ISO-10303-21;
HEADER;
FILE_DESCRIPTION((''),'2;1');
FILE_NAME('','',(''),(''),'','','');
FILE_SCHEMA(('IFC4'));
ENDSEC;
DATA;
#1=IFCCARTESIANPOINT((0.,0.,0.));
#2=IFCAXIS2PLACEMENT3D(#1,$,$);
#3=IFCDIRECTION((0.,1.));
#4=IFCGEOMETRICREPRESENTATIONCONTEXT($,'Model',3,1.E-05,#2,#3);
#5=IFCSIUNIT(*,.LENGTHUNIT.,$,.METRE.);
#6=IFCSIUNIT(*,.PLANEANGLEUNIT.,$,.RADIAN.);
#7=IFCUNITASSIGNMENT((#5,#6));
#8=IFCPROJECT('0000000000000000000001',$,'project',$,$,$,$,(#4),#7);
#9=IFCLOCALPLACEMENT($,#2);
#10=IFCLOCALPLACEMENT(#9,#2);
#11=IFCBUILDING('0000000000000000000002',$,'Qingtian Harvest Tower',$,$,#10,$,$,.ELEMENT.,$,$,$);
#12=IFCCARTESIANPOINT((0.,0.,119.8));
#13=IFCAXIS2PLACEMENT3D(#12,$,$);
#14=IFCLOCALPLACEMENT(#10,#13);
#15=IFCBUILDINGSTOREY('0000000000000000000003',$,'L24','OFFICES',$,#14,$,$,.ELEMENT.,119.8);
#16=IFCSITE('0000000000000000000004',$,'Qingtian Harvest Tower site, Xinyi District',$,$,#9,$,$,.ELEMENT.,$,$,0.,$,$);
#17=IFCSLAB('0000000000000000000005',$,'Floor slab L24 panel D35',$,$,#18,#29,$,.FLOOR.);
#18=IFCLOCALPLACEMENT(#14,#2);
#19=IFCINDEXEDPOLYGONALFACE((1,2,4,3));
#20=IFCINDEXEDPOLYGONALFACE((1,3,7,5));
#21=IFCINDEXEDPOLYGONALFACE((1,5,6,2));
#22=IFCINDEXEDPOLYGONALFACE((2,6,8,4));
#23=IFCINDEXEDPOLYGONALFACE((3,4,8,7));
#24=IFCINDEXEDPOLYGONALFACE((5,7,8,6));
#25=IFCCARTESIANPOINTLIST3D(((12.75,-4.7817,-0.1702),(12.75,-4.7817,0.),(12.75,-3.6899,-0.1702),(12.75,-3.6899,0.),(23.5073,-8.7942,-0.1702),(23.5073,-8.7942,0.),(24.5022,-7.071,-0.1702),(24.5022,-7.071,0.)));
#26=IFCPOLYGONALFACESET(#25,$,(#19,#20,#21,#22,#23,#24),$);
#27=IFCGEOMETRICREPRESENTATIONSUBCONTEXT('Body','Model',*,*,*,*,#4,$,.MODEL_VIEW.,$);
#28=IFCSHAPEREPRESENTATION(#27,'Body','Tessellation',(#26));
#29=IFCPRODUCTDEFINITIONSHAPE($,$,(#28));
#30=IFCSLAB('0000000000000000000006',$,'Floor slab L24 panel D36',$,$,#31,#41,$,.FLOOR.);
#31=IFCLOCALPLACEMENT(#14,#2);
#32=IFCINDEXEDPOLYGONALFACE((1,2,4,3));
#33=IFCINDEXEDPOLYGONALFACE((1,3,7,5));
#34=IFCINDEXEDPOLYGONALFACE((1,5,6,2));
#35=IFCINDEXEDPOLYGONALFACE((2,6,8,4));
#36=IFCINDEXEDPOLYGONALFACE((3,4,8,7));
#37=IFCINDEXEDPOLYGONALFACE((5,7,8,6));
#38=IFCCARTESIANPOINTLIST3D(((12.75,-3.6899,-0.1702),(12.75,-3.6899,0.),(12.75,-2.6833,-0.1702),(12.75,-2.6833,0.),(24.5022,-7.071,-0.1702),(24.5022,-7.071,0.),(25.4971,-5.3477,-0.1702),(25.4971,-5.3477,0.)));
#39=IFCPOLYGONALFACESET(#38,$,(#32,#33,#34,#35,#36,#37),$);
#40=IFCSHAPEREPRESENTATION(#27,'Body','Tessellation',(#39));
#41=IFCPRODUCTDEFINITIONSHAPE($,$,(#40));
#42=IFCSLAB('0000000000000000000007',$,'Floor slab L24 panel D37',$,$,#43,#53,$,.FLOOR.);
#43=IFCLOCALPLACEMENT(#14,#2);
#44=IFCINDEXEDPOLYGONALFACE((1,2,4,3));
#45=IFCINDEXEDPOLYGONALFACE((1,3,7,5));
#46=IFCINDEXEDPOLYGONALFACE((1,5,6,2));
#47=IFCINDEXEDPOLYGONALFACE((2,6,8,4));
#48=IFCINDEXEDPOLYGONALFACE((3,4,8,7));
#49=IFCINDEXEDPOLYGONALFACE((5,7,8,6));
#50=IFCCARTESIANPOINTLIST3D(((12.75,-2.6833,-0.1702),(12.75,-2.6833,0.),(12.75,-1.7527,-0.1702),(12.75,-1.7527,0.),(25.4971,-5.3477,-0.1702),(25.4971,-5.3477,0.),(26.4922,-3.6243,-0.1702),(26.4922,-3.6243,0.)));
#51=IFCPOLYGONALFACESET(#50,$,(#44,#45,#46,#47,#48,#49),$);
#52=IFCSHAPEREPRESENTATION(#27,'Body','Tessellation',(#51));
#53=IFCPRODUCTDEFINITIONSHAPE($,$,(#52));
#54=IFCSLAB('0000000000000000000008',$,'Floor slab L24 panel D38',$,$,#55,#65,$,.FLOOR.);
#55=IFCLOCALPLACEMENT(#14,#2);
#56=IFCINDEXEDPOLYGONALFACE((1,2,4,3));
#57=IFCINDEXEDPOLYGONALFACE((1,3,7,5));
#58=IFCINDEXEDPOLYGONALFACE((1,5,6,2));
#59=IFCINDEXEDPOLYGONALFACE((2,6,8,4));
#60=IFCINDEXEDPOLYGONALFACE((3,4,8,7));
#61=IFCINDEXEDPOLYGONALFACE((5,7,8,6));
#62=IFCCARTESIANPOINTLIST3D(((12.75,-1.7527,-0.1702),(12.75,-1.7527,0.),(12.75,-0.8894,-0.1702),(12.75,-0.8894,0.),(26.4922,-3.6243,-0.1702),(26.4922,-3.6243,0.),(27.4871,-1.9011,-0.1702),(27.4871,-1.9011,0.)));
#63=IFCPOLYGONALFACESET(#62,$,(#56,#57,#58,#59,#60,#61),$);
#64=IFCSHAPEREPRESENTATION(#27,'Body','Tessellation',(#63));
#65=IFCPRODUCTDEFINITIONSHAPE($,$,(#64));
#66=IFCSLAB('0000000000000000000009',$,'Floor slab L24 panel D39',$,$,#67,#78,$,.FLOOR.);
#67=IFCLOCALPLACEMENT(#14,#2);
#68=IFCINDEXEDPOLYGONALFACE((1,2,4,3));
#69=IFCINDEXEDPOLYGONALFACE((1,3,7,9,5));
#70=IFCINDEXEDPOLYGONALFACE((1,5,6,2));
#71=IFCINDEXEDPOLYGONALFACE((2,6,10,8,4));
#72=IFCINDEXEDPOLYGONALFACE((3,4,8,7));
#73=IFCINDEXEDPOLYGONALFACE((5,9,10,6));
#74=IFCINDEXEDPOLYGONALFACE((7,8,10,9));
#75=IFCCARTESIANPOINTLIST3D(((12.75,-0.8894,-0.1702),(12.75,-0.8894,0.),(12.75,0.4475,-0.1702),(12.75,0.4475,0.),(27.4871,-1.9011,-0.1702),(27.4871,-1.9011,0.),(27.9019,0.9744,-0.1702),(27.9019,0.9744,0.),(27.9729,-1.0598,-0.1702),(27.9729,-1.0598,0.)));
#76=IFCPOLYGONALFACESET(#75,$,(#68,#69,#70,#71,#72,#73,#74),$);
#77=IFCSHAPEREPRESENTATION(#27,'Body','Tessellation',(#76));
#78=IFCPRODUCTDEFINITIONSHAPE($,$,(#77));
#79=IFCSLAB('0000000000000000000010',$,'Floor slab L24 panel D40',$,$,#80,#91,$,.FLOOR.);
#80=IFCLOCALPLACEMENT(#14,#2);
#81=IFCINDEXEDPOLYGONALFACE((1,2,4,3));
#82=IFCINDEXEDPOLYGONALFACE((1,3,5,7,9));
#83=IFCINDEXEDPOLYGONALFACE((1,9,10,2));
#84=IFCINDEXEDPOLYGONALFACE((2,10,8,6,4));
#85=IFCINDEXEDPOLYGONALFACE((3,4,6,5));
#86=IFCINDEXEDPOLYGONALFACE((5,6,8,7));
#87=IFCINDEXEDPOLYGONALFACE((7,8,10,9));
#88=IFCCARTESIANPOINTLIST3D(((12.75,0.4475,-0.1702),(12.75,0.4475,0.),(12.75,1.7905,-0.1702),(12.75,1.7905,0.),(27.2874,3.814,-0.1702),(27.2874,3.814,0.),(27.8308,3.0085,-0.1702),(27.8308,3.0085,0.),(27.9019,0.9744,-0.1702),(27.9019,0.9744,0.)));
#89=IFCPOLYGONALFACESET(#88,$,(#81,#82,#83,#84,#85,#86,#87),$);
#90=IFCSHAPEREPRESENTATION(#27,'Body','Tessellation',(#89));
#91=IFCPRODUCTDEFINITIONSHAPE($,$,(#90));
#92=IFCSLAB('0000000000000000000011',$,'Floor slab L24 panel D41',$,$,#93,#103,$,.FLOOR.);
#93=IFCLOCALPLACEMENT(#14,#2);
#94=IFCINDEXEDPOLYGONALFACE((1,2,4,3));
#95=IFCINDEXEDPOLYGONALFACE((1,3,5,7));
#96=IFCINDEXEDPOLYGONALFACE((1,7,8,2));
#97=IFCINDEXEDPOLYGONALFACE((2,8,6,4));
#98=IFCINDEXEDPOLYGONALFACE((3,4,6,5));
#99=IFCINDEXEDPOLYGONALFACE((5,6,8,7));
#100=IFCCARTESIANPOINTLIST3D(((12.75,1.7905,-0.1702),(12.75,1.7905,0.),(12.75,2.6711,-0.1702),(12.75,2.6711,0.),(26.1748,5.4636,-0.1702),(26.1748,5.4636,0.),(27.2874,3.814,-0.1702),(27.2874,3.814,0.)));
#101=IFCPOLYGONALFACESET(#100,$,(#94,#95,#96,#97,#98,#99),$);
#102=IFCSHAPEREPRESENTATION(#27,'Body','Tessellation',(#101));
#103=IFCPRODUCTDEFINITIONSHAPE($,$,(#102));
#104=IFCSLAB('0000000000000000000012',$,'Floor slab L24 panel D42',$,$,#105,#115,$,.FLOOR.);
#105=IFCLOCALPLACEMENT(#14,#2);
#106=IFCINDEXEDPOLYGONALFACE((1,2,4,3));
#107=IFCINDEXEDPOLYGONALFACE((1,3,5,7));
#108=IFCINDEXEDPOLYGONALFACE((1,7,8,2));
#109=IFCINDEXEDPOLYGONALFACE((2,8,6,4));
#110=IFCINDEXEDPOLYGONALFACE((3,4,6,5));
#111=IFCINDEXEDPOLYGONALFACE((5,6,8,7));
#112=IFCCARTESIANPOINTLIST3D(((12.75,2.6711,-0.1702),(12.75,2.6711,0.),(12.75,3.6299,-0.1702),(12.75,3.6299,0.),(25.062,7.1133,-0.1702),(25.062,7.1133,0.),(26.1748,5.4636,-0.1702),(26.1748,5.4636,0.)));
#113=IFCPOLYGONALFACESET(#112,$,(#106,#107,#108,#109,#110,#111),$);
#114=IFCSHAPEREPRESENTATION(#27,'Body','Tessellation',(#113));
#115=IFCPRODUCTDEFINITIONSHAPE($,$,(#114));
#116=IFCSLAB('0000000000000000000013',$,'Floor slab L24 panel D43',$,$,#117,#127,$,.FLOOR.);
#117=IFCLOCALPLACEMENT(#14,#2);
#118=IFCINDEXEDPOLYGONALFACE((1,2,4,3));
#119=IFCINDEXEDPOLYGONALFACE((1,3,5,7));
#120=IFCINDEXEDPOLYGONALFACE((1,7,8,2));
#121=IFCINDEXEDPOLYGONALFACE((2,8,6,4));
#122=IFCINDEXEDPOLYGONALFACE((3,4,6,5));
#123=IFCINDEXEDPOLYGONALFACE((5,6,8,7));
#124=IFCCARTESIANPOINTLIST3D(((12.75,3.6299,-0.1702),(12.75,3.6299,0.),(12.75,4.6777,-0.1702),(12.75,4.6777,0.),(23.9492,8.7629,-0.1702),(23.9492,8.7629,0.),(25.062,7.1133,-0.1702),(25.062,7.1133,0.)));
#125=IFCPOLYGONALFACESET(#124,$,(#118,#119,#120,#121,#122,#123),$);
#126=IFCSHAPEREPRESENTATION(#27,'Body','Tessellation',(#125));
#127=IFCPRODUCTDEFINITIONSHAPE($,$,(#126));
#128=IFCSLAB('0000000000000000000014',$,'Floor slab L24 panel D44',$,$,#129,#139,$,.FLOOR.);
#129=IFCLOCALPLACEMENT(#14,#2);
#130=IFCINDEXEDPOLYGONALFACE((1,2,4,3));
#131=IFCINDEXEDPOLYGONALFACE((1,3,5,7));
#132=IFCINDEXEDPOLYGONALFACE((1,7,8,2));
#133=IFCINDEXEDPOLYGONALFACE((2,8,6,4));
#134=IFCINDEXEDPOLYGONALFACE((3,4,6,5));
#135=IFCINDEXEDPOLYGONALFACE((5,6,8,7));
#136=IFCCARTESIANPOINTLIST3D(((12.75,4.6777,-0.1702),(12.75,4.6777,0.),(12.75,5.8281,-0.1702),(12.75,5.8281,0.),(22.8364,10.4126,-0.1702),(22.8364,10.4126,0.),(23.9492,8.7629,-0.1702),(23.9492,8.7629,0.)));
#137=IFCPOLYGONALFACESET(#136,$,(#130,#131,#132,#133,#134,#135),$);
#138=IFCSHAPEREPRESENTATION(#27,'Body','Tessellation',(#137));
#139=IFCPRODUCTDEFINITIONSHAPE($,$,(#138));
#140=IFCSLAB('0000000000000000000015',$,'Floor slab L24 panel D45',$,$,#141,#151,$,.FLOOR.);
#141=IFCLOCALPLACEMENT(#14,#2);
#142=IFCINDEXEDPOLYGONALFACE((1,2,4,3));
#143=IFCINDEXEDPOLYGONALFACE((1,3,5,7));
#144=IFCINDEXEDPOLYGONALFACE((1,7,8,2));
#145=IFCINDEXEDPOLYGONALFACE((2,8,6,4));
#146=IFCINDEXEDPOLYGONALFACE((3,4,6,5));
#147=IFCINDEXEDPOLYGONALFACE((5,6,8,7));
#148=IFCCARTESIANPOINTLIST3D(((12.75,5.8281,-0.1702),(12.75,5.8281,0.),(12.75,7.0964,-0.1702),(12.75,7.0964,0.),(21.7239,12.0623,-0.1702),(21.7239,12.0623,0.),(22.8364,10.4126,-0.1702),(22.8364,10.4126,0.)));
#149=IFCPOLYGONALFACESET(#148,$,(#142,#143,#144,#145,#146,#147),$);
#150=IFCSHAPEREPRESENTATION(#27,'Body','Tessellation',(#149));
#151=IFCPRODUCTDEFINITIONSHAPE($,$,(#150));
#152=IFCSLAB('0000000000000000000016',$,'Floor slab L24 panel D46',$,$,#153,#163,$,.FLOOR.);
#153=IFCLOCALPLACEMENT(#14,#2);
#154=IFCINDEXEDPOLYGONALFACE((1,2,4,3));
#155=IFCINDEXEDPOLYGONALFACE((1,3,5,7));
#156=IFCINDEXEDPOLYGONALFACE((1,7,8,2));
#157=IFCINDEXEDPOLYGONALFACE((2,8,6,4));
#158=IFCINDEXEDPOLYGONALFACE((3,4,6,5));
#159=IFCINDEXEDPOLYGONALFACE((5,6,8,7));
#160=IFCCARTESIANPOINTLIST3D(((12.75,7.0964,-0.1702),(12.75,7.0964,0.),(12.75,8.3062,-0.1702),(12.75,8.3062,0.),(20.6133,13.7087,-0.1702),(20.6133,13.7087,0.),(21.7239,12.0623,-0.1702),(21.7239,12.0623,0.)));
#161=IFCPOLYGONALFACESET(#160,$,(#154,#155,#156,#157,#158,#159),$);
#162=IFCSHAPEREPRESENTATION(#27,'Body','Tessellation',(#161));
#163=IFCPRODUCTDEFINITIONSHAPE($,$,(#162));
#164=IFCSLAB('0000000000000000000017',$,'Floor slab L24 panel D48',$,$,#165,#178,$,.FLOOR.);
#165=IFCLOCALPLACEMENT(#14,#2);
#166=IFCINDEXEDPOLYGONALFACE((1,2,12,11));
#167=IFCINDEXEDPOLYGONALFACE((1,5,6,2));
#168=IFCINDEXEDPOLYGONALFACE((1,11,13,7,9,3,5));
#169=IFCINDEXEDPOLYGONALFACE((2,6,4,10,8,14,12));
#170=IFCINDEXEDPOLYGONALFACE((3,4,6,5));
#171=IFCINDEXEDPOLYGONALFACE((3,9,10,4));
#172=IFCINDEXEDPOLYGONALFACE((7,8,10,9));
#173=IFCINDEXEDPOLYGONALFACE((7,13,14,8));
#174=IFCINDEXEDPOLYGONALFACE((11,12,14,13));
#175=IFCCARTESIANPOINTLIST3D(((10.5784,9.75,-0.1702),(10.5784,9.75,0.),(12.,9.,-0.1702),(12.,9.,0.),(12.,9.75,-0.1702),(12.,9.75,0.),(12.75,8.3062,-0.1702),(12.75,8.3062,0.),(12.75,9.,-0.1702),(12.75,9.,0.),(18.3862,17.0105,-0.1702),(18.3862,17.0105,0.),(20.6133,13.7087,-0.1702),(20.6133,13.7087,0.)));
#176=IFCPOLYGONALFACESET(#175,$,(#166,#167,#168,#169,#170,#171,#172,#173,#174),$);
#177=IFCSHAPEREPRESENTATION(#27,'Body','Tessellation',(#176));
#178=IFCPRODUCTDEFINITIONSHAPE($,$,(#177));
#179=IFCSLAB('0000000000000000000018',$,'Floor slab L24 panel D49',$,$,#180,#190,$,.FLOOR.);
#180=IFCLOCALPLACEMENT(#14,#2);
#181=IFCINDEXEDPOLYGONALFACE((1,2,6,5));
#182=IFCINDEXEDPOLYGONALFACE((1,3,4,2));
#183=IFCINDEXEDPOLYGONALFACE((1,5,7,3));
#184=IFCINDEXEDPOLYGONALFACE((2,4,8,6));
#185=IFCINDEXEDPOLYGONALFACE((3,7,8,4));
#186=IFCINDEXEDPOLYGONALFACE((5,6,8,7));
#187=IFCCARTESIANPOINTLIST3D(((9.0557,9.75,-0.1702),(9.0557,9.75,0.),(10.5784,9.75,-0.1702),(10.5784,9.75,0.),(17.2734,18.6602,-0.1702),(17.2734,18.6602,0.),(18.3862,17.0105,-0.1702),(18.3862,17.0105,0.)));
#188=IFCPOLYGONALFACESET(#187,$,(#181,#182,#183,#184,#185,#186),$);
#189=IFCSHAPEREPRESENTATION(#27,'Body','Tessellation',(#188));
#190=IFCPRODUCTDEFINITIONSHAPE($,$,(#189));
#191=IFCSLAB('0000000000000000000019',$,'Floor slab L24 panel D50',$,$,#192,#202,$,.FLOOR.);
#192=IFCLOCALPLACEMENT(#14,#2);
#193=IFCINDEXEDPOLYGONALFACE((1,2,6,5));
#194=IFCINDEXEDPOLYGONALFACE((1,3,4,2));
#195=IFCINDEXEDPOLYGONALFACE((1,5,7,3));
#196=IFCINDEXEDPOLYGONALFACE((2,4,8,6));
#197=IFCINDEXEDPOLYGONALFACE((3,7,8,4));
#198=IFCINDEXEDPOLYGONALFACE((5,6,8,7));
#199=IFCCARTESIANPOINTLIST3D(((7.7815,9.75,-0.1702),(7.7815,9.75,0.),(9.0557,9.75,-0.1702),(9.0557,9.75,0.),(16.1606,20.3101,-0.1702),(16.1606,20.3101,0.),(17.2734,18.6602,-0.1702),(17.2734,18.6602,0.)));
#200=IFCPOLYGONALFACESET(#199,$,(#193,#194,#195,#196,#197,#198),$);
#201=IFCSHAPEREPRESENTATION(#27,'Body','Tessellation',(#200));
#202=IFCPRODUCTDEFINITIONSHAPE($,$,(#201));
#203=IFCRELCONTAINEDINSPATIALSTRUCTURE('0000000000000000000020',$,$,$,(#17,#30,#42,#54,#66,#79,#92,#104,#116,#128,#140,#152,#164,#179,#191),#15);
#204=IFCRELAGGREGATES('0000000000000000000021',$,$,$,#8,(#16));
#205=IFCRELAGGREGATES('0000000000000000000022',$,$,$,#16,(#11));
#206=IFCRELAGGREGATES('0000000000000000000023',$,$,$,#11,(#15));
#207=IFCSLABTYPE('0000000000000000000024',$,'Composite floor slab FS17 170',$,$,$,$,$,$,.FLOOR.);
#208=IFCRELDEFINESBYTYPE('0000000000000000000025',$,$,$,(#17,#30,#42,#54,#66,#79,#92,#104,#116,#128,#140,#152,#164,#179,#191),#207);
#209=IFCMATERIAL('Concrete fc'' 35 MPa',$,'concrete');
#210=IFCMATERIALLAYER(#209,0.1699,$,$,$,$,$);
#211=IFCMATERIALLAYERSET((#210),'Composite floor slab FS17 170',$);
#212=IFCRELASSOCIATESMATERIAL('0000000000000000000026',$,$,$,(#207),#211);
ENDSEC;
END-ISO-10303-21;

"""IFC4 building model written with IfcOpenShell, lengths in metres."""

from ifc_helpers import new_model, si_unit, direction, frame, origin, place, context, subcontext, project, spatial, polyline, outline, extrude, material, layer, layer_set, type_object, element, save


model = new_model("IFC4")

# Units and contexts
model_context = context("Model", 3, precision=1e-05, world=origin(), true_north=direction((0.0, 1.0)))
body_context = subcontext(model_context, "Body", "Model", "MODEL_VIEW")
ifc_project = project(units=[si_unit("LENGTHUNIT", "METRE"), si_unit("PLANEANGLEUNIT", "RADIAN")], contexts=[model_context])

# Site, building, storey
site_placement = place(None, origin())
site = spatial("IfcSite", under=ifc_project, at=site_placement, Name="Qingtian Harvest Tower site, Xinyi District", CompositionType="ELEMENT", RefElevation=0.0)
building_placement = place(site_placement, origin())
building = spatial("IfcBuilding", under=site, at=building_placement, Name="Qingtian Harvest Tower", CompositionType="ELEMENT")
storey_placement = place(building_placement, frame((0.0, 0.0, 119.8)))
storey = spatial("IfcBuildingStorey", under=building, at=storey_placement, Name="L24", Description="OFFICES", CompositionType="ELEMENT", Elevation=119.8)

# Slabs
ifc_material_1 = material(Name="Concrete fc' 35 MPa", Category="concrete")
ifc_layer_1 = layer(ifc_material_1, 0.1699)
ifc_layer_set_1 = layer_set([ifc_layer_1], Name="Composite floor slab FS17 170")
slab_type = type_object("IfcSlabType", Name="Composite floor slab FS17 170", PredefinedType="FLOOR", material=ifc_layer_set_1)
slab_1_placement = place(storey_placement, frame((0.0, 0.0, -0.1702)))
element("IfcSlab", 1, at=slab_1_placement, inside=storey, type_object=slab_type, Name="Floor slab L24 panel D35", PredefinedType="FLOOR", context=body_context, shape_type="SweptSolid", body=[
    extrude(outline(polyline([(12.75, -3.6899), (24.5022, -7.071), (23.5073, -8.7942), (12.75, -4.7817), (12.75, -3.6899)])), origin(), (0.0, 0.0, 1.0), 0.1702),
])
slab_2_placement = place(storey_placement, frame((0.0, 0.0, -0.1702)))
element("IfcSlab", 2, at=slab_2_placement, inside=storey, type_object=slab_type, Name="Floor slab L24 panel D36", PredefinedType="FLOOR", context=body_context, shape_type="SweptSolid", body=[
    extrude(outline(polyline([(12.75, -2.6833), (25.4971, -5.3477), (24.5022, -7.071), (12.75, -3.6899), (12.75, -2.6833)])), origin(), (0.0, 0.0, 1.0), 0.1702),
])
slab_3_placement = place(storey_placement, frame((0.0, 0.0, -0.1702)))
element("IfcSlab", 3, at=slab_3_placement, inside=storey, type_object=slab_type, Name="Floor slab L24 panel D37", PredefinedType="FLOOR", context=body_context, shape_type="SweptSolid", body=[
    extrude(outline(polyline([(12.75, -1.7527), (26.4922, -3.6243), (25.4971, -5.3477), (12.75, -2.6833), (12.75, -1.7527)])), origin(), (0.0, 0.0, 1.0), 0.1702),
])
slab_4_placement = place(storey_placement, frame((0.0, 0.0, -0.1702)))
element("IfcSlab", 4, at=slab_4_placement, inside=storey, type_object=slab_type, Name="Floor slab L24 panel D38", PredefinedType="FLOOR", context=body_context, shape_type="SweptSolid", body=[
    extrude(outline(polyline([(12.75, -0.8894), (27.4871, -1.9011), (26.4922, -3.6243), (12.75, -1.7527), (12.75, -0.8894)])), origin(), (0.0, 0.0, 1.0), 0.1702),
])
slab_5_placement = place(storey_placement, frame((0.0, 0.0, -0.1702)))
element("IfcSlab", 5, at=slab_5_placement, inside=storey, type_object=slab_type, Name="Floor slab L24 panel D39", PredefinedType="FLOOR", context=body_context, shape_type="SweptSolid", body=[
    extrude(outline(polyline([(12.75, -0.8894), (12.75, 0.4475), (27.9019, 0.9744), (27.9729, -1.0598), (27.4871, -1.9011), (12.75, -0.8894)])), origin(), (0.0, 0.0, 1.0), 0.1702),
])
slab_6_placement = place(storey_placement, frame((0.0, 0.0, -0.1702)))
element("IfcSlab", 6, at=slab_6_placement, inside=storey, type_object=slab_type, Name="Floor slab L24 panel D40", PredefinedType="FLOOR", context=body_context, shape_type="SweptSolid", body=[
    extrude(outline(polyline([(12.75, 0.4475), (12.75, 1.7905), (27.2874, 3.814), (27.8308, 3.0085), (27.9019, 0.9744), (12.75, 0.4475)])), origin(), (0.0, 0.0, 1.0), 0.1702),
])
slab_7_placement = place(storey_placement, frame((0.0, 0.0, -0.1702)))
element("IfcSlab", 7, at=slab_7_placement, inside=storey, type_object=slab_type, Name="Floor slab L24 panel D41", PredefinedType="FLOOR", context=body_context, shape_type="SweptSolid", body=[
    extrude(outline(polyline([(12.75, 2.6711), (26.1748, 5.4636), (27.2874, 3.814), (12.75, 1.7905), (12.75, 2.6711)])), origin(), (0.0, 0.0, 1.0), 0.1702),
])
slab_8_placement = place(storey_placement, frame((0.0, 0.0, -0.1702)))
element("IfcSlab", 8, at=slab_8_placement, inside=storey, type_object=slab_type, Name="Floor slab L24 panel D42", PredefinedType="FLOOR", context=body_context, shape_type="SweptSolid", body=[
    extrude(outline(polyline([(12.75, 3.6299), (25.062, 7.1133), (26.1748, 5.4636), (12.75, 2.6711), (12.75, 3.6299)])), origin(), (0.0, 0.0, 1.0), 0.1702),
])
slab_9_placement = place(storey_placement, frame((0.0, 0.0, -0.1702)))
element("IfcSlab", 9, at=slab_9_placement, inside=storey, type_object=slab_type, Name="Floor slab L24 panel D43", PredefinedType="FLOOR", context=body_context, shape_type="SweptSolid", body=[
    extrude(outline(polyline([(12.75, 4.6777), (23.9492, 8.7629), (25.062, 7.1133), (12.75, 3.6299), (12.75, 4.6777)])), origin(), (0.0, 0.0, 1.0), 0.1702),
])
slab_10_placement = place(storey_placement, frame((0.0, 0.0, -0.1702)))
element("IfcSlab", 10, at=slab_10_placement, inside=storey, type_object=slab_type, Name="Floor slab L24 panel D44", PredefinedType="FLOOR", context=body_context, shape_type="SweptSolid", body=[
    extrude(outline(polyline([(12.75, 5.8281), (22.8364, 10.4126), (23.9492, 8.7629), (12.75, 4.6777), (12.75, 5.8281)])), origin(), (0.0, 0.0, 1.0), 0.1702),
])
slab_11_placement = place(storey_placement, frame((0.0, 0.0, -0.1702)))
element("IfcSlab", 11, at=slab_11_placement, inside=storey, type_object=slab_type, Name="Floor slab L24 panel D45", PredefinedType="FLOOR", context=body_context, shape_type="SweptSolid", body=[
    extrude(outline(polyline([(12.75, 7.0964), (21.7239, 12.0623), (22.8364, 10.4126), (12.75, 5.8281), (12.75, 7.0964)])), origin(), (0.0, 0.0, 1.0), 0.1702),
])
slab_12_placement = place(storey_placement, frame((0.0, 0.0, -0.1702)))
element("IfcSlab", 12, at=slab_12_placement, inside=storey, type_object=slab_type, Name="Floor slab L24 panel D46", PredefinedType="FLOOR", context=body_context, shape_type="SweptSolid", body=[
    extrude(outline(polyline([(12.75, 8.3062), (20.6133, 13.7087), (21.7239, 12.0623), (12.75, 7.0964), (12.75, 8.3062)])), origin(), (0.0, 0.0, 1.0), 0.1702),
])
slab_13_placement = place(storey_placement, frame((0.0, 0.0, -0.1702)))
element("IfcSlab", 13, at=slab_13_placement, inside=storey, type_object=slab_type, Name="Floor slab L24 panel D48", PredefinedType="FLOOR", context=body_context, shape_type="SweptSolid", body=[
    extrude(outline(polyline([(18.3862, 17.0105), (20.6133, 13.7087), (12.75, 8.3062), (12.75, 9.0), (12.0, 9.0), (12.0, 9.75), (10.5784, 9.75), (18.3862, 17.0105)])), origin(), (0.0, 0.0, 1.0), 0.1702),
])
slab_14_placement = place(storey_placement, frame((0.0, 0.0, -0.1702)))
element("IfcSlab", 14, at=slab_14_placement, inside=storey, type_object=slab_type, Name="Floor slab L24 panel D49", PredefinedType="FLOOR", context=body_context, shape_type="SweptSolid", body=[
    extrude(outline(polyline([(9.0557, 9.75), (17.2734, 18.6602), (18.3862, 17.0105), (10.5784, 9.75), (9.0557, 9.75)])), origin(), (0.0, 0.0, 1.0), 0.1702),
])
slab_15_placement = place(storey_placement, frame((0.0, 0.0, -0.1702)))
element("IfcSlab", 15, at=slab_15_placement, inside=storey, type_object=slab_type, Name="Floor slab L24 panel D50", PredefinedType="FLOOR", context=body_context, shape_type="SweptSolid", body=[
    extrude(outline(polyline([(7.7815, 9.75), (16.1606, 20.3101), (17.2734, 18.6602), (9.0557, 9.75), (7.7815, 9.75)])), origin(), (0.0, 0.0, 1.0), 0.1702),
])

save(model, "model.ifc")
